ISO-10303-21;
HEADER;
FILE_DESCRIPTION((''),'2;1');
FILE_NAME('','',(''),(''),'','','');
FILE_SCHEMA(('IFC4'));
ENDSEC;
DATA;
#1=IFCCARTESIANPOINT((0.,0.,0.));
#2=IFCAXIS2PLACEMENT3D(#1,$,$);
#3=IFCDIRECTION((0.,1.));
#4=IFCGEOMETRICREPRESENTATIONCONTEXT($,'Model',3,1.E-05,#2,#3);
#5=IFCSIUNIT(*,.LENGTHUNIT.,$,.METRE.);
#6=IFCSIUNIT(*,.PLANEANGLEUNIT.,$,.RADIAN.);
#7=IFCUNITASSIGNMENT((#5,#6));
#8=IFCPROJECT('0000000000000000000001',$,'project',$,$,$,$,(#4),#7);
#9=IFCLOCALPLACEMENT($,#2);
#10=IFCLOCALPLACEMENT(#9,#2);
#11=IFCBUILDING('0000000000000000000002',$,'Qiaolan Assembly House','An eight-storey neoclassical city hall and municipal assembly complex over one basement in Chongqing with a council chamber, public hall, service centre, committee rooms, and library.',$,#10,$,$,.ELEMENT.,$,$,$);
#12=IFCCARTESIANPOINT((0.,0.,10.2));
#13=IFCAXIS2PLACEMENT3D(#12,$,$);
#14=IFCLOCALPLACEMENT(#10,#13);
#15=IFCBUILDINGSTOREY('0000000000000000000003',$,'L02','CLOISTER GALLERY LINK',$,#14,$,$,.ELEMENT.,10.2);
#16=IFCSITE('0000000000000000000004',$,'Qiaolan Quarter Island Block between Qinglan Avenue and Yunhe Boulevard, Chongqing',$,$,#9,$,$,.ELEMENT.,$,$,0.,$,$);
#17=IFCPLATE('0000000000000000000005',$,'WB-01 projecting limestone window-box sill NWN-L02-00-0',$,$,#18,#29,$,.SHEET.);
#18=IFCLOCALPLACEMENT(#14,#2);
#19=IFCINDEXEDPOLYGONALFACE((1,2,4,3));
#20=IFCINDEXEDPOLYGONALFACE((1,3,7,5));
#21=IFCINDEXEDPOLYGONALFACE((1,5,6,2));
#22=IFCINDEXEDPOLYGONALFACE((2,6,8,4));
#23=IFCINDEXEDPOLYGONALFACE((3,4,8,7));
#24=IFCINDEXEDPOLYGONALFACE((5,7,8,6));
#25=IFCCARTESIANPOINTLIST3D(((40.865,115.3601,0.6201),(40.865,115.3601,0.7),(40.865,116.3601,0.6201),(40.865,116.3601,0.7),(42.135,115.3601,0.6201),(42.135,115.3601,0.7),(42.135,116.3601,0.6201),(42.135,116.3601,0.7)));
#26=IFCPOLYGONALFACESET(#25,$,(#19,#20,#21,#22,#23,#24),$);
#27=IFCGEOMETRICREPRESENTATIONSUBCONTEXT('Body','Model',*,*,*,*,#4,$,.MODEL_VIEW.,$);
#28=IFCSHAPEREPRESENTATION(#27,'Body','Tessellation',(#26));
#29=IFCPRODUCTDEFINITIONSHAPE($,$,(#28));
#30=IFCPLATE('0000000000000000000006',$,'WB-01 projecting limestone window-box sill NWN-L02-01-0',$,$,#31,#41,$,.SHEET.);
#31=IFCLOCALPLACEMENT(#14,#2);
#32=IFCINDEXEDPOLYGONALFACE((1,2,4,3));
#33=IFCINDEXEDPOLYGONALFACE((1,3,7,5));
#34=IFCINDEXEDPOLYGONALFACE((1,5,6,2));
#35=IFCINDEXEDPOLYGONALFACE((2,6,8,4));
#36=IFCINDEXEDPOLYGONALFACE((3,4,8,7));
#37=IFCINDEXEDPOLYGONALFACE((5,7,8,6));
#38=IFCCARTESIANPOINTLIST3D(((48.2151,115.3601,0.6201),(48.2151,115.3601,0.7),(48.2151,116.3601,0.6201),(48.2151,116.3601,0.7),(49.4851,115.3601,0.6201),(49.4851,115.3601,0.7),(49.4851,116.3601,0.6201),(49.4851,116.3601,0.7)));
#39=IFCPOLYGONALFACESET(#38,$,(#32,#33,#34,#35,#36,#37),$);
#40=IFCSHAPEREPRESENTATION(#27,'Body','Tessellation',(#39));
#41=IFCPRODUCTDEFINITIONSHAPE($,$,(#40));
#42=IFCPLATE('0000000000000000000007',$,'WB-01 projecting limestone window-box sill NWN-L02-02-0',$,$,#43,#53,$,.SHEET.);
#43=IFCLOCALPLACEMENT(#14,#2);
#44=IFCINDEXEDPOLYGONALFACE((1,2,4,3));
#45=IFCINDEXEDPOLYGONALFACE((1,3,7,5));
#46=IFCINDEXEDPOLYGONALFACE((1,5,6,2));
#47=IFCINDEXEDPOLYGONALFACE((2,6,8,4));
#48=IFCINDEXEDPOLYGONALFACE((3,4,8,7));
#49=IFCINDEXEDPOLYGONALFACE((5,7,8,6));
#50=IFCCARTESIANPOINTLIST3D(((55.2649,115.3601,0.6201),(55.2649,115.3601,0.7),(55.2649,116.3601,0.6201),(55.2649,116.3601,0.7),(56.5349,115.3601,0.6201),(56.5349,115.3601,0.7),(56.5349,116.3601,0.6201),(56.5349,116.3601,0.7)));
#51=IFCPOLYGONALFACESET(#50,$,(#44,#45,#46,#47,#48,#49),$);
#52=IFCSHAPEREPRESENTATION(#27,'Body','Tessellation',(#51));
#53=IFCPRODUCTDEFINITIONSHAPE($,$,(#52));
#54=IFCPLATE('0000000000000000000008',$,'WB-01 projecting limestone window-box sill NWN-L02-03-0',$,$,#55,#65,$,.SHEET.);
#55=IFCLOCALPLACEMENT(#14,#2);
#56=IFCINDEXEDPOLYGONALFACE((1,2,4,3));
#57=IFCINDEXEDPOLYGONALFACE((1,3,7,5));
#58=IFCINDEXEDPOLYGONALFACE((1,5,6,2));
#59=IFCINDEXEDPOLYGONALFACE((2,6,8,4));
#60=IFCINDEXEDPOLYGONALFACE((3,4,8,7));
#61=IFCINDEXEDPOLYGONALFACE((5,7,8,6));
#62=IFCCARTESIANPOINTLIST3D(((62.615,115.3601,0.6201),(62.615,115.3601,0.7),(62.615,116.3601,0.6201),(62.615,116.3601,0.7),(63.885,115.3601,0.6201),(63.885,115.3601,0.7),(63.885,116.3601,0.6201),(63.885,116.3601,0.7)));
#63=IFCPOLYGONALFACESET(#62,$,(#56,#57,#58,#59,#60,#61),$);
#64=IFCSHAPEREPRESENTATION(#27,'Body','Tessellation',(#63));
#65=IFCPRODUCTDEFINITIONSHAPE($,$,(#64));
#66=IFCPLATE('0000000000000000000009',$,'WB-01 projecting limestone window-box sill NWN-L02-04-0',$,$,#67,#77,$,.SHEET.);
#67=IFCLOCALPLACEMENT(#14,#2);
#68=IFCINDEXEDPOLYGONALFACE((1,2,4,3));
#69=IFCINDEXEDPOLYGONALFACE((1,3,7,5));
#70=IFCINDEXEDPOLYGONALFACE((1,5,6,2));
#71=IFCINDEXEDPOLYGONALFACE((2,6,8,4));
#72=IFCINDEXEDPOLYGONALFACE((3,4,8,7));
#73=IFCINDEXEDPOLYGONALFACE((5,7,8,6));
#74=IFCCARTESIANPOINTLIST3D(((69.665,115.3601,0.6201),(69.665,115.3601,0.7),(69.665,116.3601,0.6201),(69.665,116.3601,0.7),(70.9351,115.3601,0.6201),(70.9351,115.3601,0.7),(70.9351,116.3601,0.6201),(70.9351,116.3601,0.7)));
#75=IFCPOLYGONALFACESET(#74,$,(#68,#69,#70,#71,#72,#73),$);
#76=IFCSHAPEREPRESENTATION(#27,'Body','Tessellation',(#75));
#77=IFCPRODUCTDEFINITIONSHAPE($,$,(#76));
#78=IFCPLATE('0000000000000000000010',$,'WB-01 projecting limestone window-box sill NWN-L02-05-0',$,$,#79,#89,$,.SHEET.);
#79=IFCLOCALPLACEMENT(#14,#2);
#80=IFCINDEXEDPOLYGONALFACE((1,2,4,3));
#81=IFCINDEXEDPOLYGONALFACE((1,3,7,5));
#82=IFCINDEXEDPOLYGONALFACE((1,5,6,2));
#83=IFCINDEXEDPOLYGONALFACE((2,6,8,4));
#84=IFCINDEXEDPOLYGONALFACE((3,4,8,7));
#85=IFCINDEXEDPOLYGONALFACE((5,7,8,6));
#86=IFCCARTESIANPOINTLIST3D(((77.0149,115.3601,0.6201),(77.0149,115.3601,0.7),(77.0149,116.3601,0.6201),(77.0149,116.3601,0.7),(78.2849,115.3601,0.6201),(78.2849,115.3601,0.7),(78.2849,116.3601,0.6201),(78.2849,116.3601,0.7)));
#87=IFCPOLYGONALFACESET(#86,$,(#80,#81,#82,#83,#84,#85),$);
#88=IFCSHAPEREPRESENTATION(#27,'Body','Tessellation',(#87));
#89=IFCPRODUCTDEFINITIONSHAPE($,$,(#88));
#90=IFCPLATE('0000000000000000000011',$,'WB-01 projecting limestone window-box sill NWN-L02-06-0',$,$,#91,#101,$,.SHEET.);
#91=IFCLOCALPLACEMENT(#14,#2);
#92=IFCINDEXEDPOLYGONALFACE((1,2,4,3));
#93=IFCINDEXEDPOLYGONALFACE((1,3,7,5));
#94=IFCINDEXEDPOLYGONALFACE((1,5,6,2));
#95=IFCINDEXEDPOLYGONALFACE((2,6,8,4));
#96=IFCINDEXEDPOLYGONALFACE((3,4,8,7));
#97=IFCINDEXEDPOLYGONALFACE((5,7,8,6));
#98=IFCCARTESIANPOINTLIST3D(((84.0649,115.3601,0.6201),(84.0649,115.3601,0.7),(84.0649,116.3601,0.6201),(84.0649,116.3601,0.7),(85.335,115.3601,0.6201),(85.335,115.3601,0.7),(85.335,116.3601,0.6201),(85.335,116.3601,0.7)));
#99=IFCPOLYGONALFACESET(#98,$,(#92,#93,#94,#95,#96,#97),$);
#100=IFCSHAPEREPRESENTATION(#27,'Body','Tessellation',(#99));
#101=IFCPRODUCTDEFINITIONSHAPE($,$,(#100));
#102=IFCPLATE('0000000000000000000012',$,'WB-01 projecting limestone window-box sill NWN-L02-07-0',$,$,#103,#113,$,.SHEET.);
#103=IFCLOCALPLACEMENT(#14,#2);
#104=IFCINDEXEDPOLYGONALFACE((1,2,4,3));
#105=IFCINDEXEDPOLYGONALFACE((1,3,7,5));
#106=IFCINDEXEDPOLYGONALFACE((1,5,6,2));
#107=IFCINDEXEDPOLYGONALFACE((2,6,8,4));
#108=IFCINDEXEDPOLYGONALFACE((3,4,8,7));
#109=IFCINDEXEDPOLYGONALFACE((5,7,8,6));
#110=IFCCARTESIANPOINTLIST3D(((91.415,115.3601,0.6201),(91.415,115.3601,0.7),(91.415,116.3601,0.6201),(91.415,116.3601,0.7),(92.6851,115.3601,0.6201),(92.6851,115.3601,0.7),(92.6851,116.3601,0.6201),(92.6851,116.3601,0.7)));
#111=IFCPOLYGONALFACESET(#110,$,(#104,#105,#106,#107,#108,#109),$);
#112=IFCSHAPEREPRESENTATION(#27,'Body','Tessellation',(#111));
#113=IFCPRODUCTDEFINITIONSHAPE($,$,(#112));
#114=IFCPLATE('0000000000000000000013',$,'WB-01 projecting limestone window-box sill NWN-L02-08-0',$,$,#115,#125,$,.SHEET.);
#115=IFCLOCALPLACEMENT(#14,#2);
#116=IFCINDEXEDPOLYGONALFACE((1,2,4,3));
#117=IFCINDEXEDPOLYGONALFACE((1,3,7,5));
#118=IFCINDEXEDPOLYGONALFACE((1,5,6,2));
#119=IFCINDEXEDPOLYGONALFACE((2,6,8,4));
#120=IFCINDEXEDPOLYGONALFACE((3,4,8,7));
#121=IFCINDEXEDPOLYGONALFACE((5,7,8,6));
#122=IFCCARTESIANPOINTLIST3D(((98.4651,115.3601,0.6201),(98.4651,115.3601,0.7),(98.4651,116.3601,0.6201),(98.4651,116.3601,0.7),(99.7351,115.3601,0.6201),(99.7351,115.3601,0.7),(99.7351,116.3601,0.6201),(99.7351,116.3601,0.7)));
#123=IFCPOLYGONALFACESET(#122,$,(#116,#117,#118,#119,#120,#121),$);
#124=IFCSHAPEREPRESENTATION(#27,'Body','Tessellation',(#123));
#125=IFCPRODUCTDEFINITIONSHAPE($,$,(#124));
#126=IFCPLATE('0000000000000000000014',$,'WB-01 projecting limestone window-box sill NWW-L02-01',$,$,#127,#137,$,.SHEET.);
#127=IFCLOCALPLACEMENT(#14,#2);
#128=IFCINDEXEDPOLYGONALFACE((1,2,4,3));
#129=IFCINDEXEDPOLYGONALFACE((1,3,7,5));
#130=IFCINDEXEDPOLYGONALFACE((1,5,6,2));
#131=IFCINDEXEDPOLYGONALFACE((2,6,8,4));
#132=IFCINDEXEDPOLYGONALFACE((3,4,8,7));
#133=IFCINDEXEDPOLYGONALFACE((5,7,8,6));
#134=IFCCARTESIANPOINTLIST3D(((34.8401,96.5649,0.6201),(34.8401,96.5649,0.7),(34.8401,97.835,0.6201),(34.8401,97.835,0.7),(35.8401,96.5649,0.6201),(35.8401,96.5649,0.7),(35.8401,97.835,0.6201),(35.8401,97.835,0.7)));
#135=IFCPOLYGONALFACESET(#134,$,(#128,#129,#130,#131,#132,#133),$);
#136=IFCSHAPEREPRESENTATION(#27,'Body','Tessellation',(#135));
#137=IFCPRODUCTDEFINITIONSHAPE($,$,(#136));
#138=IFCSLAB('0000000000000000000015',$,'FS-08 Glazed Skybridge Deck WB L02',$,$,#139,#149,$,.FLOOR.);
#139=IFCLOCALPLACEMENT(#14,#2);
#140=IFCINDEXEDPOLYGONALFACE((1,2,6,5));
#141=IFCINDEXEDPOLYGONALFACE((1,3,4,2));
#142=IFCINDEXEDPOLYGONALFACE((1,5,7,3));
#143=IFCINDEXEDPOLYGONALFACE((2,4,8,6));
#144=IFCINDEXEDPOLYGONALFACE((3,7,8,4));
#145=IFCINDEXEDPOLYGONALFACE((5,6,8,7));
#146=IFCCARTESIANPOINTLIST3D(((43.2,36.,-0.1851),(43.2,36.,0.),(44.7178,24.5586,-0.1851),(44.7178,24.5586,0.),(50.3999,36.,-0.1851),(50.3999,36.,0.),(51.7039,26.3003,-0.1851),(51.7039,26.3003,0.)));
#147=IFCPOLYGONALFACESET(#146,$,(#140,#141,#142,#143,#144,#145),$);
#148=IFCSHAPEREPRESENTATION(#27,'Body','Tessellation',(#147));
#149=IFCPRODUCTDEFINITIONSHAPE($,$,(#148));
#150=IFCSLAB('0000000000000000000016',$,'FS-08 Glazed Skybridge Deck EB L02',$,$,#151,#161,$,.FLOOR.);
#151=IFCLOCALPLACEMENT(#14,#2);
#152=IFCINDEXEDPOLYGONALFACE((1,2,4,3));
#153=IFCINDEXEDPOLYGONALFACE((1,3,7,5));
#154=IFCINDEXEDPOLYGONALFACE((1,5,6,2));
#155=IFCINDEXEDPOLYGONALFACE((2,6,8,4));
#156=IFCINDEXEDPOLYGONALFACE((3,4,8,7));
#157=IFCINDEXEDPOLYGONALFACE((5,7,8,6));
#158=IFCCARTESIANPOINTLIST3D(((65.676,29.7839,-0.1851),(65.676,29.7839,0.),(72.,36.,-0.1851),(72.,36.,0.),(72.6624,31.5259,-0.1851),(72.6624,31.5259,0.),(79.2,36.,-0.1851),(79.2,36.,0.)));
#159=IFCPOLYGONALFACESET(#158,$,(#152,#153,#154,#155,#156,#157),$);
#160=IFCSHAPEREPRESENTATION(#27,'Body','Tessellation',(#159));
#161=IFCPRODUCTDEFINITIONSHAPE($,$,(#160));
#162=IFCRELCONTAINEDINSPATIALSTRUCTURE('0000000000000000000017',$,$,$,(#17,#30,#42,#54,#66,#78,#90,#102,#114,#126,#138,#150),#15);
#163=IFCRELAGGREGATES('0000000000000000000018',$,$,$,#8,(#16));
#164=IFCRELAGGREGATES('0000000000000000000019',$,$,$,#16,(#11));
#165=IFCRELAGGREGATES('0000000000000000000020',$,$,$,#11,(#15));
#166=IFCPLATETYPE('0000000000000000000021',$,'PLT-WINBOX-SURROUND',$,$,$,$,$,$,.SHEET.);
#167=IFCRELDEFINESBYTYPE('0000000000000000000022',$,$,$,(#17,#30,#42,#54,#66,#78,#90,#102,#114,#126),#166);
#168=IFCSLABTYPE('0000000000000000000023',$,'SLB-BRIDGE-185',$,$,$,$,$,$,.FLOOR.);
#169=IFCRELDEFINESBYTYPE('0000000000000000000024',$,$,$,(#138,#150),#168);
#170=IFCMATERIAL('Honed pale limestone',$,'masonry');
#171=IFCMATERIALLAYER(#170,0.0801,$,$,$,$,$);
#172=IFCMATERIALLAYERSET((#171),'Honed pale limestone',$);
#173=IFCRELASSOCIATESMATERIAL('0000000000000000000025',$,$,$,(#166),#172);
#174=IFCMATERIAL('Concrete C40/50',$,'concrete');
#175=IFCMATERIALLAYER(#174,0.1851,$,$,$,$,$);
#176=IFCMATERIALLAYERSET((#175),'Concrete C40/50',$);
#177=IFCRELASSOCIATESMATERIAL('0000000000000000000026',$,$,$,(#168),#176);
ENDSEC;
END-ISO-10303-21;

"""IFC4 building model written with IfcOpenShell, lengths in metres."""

from ifc_helpers import new_model, si_unit, direction, frame, origin, place, context, subcontext, project, spatial, polyline, outline, extrude, material, layer, layer_set, type_object, element, save


model = new_model("IFC4")

# Units and contexts
model_context = context("Model", 3, precision=1e-05, world=origin(), true_north=direction((0.0, 1.0)))
body_context = subcontext(model_context, "Body", "Model", "MODEL_VIEW")
ifc_project = project(units=[si_unit("LENGTHUNIT", "METRE"), si_unit("PLANEANGLEUNIT", "RADIAN")], contexts=[model_context])

# Site, building, storey
site_placement = place(None, origin())
site = spatial("IfcSite", under=ifc_project, at=site_placement, Name="Qiaolan Quarter Island Block between Qinglan Avenue and Yunhe Boulevard, Chongqing", CompositionType="ELEMENT", RefElevation=0.0)
building_placement = place(site_placement, origin())
building = spatial("IfcBuilding", under=site, at=building_placement, Name="Qiaolan Assembly House", Description="An eight-storey neoclassical city hall and municipal assembly complex over one basement in Chongqing with a council chamber, public hall, service centre, committee rooms, and library.", CompositionType="ELEMENT")
storey_placement = place(building_placement, frame((0.0, 0.0, 10.2)))
storey = spatial("IfcBuildingStorey", under=building, at=storey_placement, Name="L02", Description="CLOISTER GALLERY LINK", CompositionType="ELEMENT", Elevation=10.2)

# Plates
ifc_material_1 = material(Name="Honed pale limestone", Category="masonry")
ifc_layer_1 = layer(ifc_material_1, 0.0801)
ifc_layer_set_1 = layer_set([ifc_layer_1], Name="Honed pale limestone")
plate_type = type_object("IfcPlateType", Name="PLT-WINBOX-SURROUND", PredefinedType="SHEET", material=ifc_layer_set_1)
plate_1_placement = place(storey_placement, frame((0.0, 0.0, 0.6201)))
element("IfcPlate", 1, at=plate_1_placement, inside=storey, type_object=plate_type, Name="WB-01 projecting limestone window-box sill NWN-L02-00-0", PredefinedType="SHEET", context=body_context, shape_type="SweptSolid", body=[
    extrude(outline(polyline([(40.865, 115.3601), (40.865, 116.3601), (42.135, 116.3601), (42.135, 115.3601), (40.865, 115.3601)])), origin(), (0.0, 0.0, 1.0), 0.0798),
])
plate_2_placement = place(storey_placement, frame((0.0, 0.0, 0.6201)))
element("IfcPlate", 2, at=plate_2_placement, inside=storey, type_object=plate_type, Name="WB-01 projecting limestone window-box sill NWN-L02-01-0", PredefinedType="SHEET", context=body_context, shape_type="SweptSolid", body=[
    extrude(outline(polyline([(48.2151, 115.3601), (48.2151, 116.3601), (49.4851, 116.3601), (49.4851, 115.3601), (48.2151, 115.3601)])), origin(), (0.0, 0.0, 1.0), 0.0798),
])
plate_3_placement = place(storey_placement, frame((0.0, 0.0, 0.6201)))
element("IfcPlate", 3, at=plate_3_placement, inside=storey, type_object=plate_type, Name="WB-01 projecting limestone window-box sill NWN-L02-02-0", PredefinedType="SHEET", context=body_context, shape_type="SweptSolid", body=[
    extrude(outline(polyline([(55.2649, 115.3601), (55.2649, 116.3601), (56.5349, 116.3601), (56.5349, 115.3601), (55.2649, 115.3601)])), origin(), (0.0, 0.0, 1.0), 0.0798),
])
plate_4_placement = place(storey_placement, frame((0.0, 0.0, 0.6201)))
element("IfcPlate", 4, at=plate_4_placement, inside=storey, type_object=plate_type, Name="WB-01 projecting limestone window-box sill NWN-L02-03-0", PredefinedType="SHEET", context=body_context, shape_type="SweptSolid", body=[
    extrude(outline(polyline([(62.615, 115.3601), (62.615, 116.3601), (63.885, 116.3601), (63.885, 115.3601), (62.615, 115.3601)])), origin(), (0.0, 0.0, 1.0), 0.0798),
])
plate_5_placement = place(storey_placement, frame((0.0, 0.0, 0.6201)))
element("IfcPlate", 5, at=plate_5_placement, inside=storey, type_object=plate_type, Name="WB-01 projecting limestone window-box sill NWN-L02-04-0", PredefinedType="SHEET", context=body_context, shape_type="SweptSolid", body=[
    extrude(outline(polyline([(69.665, 115.3601), (69.665, 116.3601), (70.9351, 116.3601), (70.9351, 115.3601), (69.665, 115.3601)])), origin(), (0.0, 0.0, 1.0), 0.0798),
])
plate_6_placement = place(storey_placement, frame((0.0, 0.0, 0.6201)))
element("IfcPlate", 6, at=plate_6_placement, inside=storey, type_object=plate_type, Name="WB-01 projecting limestone window-box sill NWN-L02-05-0", PredefinedType="SHEET", context=body_context, shape_type="SweptSolid", body=[
    extrude(outline(polyline([(77.0149, 115.3601), (77.0149, 116.3601), (78.2849, 116.3601), (78.2849, 115.3601), (77.0149, 115.3601)])), origin(), (0.0, 0.0, 1.0), 0.0798),
])
plate_7_placement = place(storey_placement, frame((0.0, 0.0, 0.6201)))
element("IfcPlate", 7, at=plate_7_placement, inside=storey, type_object=plate_type, Name="WB-01 projecting limestone window-box sill NWN-L02-06-0", PredefinedType="SHEET", context=body_context, shape_type="SweptSolid", body=[
    extrude(outline(polyline([(84.0649, 115.3601), (84.0649, 116.3601), (85.335, 116.3601), (85.335, 115.3601), (84.0649, 115.3601)])), origin(), (0.0, 0.0, 1.0), 0.0798),
])
plate_8_placement = place(storey_placement, frame((0.0, 0.0, 0.6201)))
element("IfcPlate", 8, at=plate_8_placement, inside=storey, type_object=plate_type, Name="WB-01 projecting limestone window-box sill NWN-L02-07-0", PredefinedType="SHEET", context=body_context, shape_type="SweptSolid", body=[
    extrude(outline(polyline([(91.415, 115.3601), (91.415, 116.3601), (92.6851, 116.3601), (92.6851, 115.3601), (91.415, 115.3601)])), origin(), (0.0, 0.0, 1.0), 0.0798),
])
plate_9_placement = place(storey_placement, frame((0.0, 0.0, 0.6201)))
element("IfcPlate", 9, at=plate_9_placement, inside=storey, type_object=plate_type, Name="WB-01 projecting limestone window-box sill NWN-L02-08-0", PredefinedType="SHEET", context=body_context, shape_type="SweptSolid", body=[
    extrude(outline(polyline([(98.4651, 115.3601), (98.4651, 116.3601), (99.7351, 116.3601), (99.7351, 115.3601), (98.4651, 115.3601)])), origin(), (0.0, 0.0, 1.0), 0.0798),
])
plate_10_placement = place(storey_placement, frame((0.0, 0.0, 0.6201)))
element("IfcPlate", 10, at=plate_10_placement, inside=storey, type_object=plate_type, Name="WB-01 projecting limestone window-box sill NWW-L02-01", PredefinedType="SHEET", context=body_context, shape_type="SweptSolid", body=[
    extrude(outline(polyline([(34.8401, 96.5649), (34.8401, 97.835), (35.8401, 97.835), (35.8401, 96.5649), (34.8401, 96.5649)])), origin(), (0.0, 0.0, 1.0), 0.0798),
])

# Slabs
ifc_material_2 = material(Name="Concrete C40/50", Category="concrete")
ifc_layer_2 = layer(ifc_material_2, 0.1851)
ifc_layer_set_2 = layer_set([ifc_layer_2], Name="Concrete C40/50")
slab_type_1 = type_object("IfcSlabType", Name="SLB-BRIDGE-185", PredefinedType="FLOOR", material=ifc_layer_set_2)
slab_1_placement = place(storey_placement, frame((0.0, 0.0, -0.1851)))
element("IfcSlab", 11, at=slab_1_placement, inside=storey, type_object=slab_type_1, Name="FS-08 Glazed Skybridge Deck WB L02", PredefinedType="FLOOR", context=body_context, shape_type="SweptSolid", body=[
    extrude(outline(polyline([(44.7178, 24.5586), (51.7039, 26.3003), (50.3999, 36.0), (43.2, 36.0), (44.7178, 24.5586)])), origin(), (0.0, 0.0, 1.0), 0.1851),
])
slab_2_placement = place(storey_placement, frame((0.0, 0.0, -0.1851)))
element("IfcSlab", 12, at=slab_2_placement, inside=storey, type_object=slab_type_1, Name="FS-08 Glazed Skybridge Deck EB L02", PredefinedType="FLOOR", context=body_context, shape_type="SweptSolid", body=[
    extrude(outline(polyline([(65.676, 29.7839), (72.6624, 31.5259), (79.2, 36.0), (72.0, 36.0), (65.676, 29.7839)])), origin(), (0.0, 0.0, 1.0), 0.1851),
])

save(model, "model.ifc")
